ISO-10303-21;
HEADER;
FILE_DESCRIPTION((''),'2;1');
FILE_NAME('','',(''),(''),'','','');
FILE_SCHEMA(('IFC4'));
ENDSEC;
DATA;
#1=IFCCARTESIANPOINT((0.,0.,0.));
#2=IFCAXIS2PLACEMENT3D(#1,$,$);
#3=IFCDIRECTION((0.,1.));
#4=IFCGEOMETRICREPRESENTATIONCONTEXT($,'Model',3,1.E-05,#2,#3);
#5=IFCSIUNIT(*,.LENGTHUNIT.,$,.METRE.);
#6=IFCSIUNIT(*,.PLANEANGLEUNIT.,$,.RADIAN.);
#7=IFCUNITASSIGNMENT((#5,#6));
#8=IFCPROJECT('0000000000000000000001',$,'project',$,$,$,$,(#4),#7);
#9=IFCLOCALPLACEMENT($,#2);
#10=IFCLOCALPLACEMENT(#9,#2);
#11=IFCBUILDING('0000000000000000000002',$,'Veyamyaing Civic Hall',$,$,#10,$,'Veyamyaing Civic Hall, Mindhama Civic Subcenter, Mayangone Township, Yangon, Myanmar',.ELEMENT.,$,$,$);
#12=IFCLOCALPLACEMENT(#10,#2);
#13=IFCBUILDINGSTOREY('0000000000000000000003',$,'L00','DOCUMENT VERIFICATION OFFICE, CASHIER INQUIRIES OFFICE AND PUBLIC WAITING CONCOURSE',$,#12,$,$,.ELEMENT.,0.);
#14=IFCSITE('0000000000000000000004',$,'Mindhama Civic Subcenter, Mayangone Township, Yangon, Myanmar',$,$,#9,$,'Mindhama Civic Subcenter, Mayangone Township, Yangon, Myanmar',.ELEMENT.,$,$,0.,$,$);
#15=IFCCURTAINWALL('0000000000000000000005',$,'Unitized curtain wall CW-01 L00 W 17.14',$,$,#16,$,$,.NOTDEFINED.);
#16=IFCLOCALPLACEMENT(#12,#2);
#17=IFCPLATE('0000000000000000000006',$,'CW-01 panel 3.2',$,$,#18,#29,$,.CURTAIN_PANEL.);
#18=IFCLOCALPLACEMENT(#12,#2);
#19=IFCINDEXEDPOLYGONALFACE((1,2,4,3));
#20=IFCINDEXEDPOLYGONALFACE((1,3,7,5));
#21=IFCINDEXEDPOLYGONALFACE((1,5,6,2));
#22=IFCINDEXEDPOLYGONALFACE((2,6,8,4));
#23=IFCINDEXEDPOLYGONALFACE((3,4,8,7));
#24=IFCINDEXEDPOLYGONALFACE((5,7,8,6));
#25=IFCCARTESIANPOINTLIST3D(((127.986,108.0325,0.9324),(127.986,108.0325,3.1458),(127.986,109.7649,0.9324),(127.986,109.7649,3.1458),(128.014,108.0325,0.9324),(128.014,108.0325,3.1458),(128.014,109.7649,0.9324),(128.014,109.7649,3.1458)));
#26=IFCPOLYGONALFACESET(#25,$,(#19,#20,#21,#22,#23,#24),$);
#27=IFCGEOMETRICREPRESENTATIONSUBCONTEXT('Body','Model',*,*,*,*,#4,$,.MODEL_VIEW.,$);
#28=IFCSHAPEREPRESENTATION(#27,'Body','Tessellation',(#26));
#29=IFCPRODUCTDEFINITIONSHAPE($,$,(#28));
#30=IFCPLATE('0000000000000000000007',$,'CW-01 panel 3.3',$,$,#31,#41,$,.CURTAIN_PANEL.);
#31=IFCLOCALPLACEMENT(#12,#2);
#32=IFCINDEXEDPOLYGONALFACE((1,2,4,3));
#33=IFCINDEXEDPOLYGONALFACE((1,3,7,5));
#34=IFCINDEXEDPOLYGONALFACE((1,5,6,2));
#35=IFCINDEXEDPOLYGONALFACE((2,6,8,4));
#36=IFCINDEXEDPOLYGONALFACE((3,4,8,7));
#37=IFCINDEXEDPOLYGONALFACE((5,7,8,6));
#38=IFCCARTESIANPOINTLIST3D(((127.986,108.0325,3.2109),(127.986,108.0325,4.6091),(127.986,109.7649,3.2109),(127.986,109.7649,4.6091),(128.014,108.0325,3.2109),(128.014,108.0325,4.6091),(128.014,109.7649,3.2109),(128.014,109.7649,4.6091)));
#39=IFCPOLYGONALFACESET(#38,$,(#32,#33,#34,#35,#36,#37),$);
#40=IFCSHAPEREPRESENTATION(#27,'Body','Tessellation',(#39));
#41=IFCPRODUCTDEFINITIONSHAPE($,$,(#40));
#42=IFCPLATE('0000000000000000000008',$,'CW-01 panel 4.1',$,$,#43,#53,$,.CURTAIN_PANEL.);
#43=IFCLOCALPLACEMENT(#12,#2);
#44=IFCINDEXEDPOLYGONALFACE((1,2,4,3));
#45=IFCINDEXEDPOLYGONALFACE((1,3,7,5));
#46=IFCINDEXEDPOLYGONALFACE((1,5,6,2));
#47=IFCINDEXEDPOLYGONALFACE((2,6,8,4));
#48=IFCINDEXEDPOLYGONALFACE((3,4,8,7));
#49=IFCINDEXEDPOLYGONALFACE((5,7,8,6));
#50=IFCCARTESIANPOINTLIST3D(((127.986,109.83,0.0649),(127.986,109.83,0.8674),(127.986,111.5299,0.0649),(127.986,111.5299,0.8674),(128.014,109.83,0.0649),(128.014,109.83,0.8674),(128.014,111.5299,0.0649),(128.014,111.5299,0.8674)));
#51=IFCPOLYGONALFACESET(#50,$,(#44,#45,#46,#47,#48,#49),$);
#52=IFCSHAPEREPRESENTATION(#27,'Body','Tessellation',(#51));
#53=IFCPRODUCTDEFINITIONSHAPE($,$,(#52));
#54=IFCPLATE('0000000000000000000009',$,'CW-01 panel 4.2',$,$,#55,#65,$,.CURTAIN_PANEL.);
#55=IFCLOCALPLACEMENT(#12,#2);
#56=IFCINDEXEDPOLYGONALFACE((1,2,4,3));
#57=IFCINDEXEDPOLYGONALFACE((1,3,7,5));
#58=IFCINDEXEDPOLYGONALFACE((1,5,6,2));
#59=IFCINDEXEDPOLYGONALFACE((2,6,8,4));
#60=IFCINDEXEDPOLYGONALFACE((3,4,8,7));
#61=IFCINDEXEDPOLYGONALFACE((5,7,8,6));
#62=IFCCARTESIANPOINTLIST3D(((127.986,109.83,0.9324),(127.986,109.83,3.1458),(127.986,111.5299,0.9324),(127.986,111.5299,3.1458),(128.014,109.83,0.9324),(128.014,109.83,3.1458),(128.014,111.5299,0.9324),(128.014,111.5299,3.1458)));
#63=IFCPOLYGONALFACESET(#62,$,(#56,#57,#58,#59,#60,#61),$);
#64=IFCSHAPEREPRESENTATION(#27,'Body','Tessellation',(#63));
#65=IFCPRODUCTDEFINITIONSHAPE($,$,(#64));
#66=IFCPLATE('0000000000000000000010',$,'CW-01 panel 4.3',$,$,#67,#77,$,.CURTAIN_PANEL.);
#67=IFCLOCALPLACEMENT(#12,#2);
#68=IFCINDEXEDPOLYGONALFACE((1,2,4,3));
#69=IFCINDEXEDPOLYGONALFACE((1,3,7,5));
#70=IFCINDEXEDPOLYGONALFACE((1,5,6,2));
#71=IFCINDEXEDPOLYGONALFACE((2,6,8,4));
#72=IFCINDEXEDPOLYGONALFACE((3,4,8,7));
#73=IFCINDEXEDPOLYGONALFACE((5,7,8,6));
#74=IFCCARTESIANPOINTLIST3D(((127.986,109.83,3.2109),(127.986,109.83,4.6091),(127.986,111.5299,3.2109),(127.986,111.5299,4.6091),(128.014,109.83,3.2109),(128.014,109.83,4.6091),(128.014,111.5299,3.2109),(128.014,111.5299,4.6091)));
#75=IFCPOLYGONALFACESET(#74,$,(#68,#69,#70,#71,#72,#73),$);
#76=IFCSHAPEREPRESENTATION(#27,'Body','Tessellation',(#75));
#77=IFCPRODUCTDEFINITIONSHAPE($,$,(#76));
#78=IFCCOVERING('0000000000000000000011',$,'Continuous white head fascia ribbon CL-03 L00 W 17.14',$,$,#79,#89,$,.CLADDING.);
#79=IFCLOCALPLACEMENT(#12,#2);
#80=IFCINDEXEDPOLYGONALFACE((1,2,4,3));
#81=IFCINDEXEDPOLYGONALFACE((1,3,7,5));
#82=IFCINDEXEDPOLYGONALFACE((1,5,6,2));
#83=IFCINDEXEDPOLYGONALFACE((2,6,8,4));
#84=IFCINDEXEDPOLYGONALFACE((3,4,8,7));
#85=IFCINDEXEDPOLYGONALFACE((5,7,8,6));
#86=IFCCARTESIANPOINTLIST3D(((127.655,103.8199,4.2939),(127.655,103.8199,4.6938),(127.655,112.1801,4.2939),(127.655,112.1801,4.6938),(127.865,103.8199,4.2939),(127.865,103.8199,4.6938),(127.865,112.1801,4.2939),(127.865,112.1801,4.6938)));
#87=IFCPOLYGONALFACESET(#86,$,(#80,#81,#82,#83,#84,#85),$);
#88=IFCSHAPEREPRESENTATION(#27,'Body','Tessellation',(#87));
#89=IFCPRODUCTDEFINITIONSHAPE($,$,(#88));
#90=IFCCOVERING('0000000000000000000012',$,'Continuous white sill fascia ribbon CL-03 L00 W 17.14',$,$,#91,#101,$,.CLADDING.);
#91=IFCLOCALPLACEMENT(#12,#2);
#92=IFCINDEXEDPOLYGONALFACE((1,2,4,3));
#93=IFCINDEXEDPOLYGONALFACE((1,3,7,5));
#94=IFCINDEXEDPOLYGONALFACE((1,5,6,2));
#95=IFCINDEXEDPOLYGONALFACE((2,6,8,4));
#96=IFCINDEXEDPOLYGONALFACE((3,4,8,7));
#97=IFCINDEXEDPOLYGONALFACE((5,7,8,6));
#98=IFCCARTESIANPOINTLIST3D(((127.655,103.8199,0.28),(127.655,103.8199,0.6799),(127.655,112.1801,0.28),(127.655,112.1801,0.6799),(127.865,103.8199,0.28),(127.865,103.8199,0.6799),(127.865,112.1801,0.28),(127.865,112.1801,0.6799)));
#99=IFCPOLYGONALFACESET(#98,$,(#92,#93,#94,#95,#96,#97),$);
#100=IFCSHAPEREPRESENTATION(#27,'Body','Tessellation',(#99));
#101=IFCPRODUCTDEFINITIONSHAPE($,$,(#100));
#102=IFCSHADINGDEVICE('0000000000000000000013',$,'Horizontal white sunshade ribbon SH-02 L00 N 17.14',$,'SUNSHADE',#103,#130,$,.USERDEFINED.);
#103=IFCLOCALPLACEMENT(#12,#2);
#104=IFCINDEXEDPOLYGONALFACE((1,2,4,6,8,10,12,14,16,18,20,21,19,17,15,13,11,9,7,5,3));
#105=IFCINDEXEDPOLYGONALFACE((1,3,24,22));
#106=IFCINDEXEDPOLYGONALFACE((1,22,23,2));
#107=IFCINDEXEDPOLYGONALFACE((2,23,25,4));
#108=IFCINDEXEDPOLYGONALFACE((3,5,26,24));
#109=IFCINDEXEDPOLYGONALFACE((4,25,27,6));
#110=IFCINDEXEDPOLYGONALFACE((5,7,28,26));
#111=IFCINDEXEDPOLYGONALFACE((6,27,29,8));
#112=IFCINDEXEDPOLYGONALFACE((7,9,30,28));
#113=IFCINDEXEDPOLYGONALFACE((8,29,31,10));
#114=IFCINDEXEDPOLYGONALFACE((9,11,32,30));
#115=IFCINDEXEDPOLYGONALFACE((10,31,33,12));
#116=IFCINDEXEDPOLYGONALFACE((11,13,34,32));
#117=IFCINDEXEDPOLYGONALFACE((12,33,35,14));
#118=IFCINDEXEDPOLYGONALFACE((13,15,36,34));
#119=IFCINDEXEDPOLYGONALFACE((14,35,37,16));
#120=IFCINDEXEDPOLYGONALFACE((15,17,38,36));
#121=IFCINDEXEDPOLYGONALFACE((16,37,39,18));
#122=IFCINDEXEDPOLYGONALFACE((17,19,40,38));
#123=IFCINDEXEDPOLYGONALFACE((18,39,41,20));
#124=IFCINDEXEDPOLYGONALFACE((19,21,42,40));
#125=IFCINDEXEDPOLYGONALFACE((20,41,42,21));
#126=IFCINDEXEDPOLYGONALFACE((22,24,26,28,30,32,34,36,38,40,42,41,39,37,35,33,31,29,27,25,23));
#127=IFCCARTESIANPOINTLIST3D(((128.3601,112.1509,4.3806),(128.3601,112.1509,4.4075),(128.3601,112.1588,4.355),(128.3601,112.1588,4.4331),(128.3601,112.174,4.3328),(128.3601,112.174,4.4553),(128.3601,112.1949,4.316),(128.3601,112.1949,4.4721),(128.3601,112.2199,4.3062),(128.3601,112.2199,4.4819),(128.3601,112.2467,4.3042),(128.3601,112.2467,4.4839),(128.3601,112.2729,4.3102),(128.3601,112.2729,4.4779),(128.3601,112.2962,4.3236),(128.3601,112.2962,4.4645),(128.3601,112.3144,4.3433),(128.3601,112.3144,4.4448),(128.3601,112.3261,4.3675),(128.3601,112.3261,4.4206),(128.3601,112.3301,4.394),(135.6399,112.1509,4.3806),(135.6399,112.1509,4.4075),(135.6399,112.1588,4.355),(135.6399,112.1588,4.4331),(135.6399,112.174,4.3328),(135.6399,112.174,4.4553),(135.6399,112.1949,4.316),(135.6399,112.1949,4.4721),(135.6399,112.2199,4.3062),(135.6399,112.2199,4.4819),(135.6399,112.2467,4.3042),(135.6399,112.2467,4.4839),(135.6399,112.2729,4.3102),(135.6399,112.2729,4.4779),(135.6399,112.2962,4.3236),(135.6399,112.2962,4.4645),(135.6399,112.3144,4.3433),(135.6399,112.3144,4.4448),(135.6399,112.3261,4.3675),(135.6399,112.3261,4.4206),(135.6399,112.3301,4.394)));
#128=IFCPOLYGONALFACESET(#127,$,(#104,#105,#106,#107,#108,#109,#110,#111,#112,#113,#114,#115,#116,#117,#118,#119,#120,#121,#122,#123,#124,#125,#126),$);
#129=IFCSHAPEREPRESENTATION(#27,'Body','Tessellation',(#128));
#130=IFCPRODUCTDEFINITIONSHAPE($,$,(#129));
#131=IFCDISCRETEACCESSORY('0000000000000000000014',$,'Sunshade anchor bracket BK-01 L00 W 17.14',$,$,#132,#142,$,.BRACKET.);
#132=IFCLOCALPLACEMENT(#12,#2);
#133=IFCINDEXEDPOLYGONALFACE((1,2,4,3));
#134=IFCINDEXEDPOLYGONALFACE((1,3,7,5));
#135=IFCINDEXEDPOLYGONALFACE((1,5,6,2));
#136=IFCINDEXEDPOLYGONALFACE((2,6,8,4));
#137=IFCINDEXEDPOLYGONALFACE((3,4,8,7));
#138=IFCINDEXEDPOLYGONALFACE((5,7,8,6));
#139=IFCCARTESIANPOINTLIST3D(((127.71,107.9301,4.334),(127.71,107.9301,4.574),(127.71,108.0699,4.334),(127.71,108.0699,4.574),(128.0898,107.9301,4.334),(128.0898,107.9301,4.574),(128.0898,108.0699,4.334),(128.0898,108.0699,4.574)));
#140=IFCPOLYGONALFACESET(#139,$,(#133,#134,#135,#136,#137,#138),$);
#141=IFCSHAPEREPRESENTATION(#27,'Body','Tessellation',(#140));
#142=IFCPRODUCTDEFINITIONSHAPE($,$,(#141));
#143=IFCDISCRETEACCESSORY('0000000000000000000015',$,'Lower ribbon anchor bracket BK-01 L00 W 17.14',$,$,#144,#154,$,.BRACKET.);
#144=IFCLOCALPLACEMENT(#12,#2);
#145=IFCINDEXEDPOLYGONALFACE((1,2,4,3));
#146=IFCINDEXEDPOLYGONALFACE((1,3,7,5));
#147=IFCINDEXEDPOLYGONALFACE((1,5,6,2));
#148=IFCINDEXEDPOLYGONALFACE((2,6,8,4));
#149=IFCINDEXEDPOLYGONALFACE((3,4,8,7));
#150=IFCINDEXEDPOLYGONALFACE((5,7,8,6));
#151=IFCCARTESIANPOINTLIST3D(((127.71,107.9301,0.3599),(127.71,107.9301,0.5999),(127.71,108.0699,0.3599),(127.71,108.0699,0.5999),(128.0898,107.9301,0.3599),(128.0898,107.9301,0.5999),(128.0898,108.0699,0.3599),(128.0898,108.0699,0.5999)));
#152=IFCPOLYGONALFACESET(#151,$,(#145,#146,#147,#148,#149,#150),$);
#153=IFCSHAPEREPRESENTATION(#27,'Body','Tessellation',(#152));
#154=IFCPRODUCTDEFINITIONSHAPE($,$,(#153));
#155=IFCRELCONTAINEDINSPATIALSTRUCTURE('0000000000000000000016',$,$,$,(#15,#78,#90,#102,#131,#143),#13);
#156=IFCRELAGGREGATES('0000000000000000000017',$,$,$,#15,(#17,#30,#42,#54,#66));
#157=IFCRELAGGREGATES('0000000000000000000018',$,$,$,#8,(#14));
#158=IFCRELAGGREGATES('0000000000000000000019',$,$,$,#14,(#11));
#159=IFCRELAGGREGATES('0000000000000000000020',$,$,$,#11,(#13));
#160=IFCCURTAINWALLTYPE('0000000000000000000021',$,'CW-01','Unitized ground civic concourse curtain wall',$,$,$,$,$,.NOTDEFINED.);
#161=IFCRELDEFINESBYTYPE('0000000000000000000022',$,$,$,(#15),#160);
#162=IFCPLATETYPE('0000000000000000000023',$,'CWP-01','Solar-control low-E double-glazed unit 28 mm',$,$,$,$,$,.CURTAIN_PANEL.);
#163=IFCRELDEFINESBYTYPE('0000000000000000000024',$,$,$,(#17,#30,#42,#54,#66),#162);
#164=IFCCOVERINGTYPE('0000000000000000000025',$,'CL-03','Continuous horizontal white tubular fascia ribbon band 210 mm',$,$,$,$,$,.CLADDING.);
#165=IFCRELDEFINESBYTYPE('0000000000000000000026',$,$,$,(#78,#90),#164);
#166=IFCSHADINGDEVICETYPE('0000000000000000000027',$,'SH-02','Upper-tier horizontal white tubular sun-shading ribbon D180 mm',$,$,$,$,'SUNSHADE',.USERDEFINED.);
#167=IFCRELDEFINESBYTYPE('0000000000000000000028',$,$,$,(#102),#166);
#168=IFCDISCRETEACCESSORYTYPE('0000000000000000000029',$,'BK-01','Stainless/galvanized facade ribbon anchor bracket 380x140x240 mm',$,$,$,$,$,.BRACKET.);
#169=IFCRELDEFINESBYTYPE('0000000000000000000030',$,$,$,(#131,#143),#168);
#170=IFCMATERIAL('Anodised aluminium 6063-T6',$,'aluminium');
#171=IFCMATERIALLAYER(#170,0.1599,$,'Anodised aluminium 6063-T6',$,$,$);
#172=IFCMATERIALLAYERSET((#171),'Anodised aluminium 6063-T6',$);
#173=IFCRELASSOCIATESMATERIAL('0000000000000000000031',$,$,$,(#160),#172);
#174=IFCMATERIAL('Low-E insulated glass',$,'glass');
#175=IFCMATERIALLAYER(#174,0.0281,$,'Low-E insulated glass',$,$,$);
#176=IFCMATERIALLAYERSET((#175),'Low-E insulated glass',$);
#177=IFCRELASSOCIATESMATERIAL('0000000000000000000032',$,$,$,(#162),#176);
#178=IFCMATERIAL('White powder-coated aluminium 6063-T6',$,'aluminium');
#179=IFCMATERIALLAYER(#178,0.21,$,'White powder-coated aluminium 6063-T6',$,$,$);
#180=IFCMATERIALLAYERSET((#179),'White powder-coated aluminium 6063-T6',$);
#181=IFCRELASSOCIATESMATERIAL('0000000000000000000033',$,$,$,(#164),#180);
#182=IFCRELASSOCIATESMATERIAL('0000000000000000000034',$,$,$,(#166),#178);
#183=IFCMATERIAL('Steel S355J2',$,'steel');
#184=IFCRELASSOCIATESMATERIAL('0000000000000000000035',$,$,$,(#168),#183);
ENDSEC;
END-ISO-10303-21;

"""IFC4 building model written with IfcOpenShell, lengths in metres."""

from ifc_helpers import new_model, si_unit, direction, frame, origin, origin_2d, place, context, subcontext, project, spatial, rectangle, circle, extrude, material, layer, layer_set, material_profile, profile_set, type_object, element, aggregate, save


model = new_model("IFC4")

# Units and contexts
model_context = context("Model", 3, precision=1e-05, world=origin(), true_north=direction((0.0, 1.0)))
body_context = subcontext(model_context, "Body", "Model", "MODEL_VIEW")
ifc_project = project(units=[si_unit("LENGTHUNIT", "METRE"), si_unit("PLANEANGLEUNIT", "RADIAN")], contexts=[model_context])

# Site, building, storey
site_placement = place(None, origin())
site = spatial("IfcSite", under=ifc_project, at=site_placement, Name="Mindhama Civic Subcenter, Mayangone Township, Yangon, Myanmar", LongName="Mindhama Civic Subcenter, Mayangone Township, Yangon, Myanmar", CompositionType="ELEMENT", RefElevation=0.0)
building_placement = place(site_placement, origin())
building = spatial("IfcBuilding", under=site, at=building_placement, Name="Veyamyaing Civic Hall", LongName="Veyamyaing Civic Hall, Mindhama Civic Subcenter, Mayangone Township, Yangon, Myanmar", CompositionType="ELEMENT")
storey_placement = place(building_placement, origin())
storey = spatial("IfcBuildingStorey", under=building, at=storey_placement, Name="L00", Description="DOCUMENT VERIFICATION OFFICE, CASHIER INQUIRIES OFFICE AND PUBLIC WAITING CONCOURSE", CompositionType="ELEMENT", Elevation=0.0)

# Shared definitions
ifc_material_1 = material(Name="Anodised aluminium 6063-T6", Category="aluminium")
ifc_layer_1 = layer(ifc_material_1, 0.1599, Name="Anodised aluminium 6063-T6")
ifc_layer_set_1 = layer_set([ifc_layer_1], Name="Anodised aluminium 6063-T6")
curtain_wall_type = type_object("IfcCurtainWallType", Name="CW-01", Description="Unitized ground civic concourse curtain wall", PredefinedType="NOTDEFINED", material=ifc_layer_set_1)

# Curtain wall
curtain_wall_1_placement = place(storey_placement, origin())
curtain_wall_1 = element("IfcCurtainWall", 1, at=curtain_wall_1_placement, inside=storey, type_object=curtain_wall_type, Name="Unitized curtain wall CW-01 L00 W 17.14", PredefinedType="NOTDEFINED")

# Plates
ifc_material_2 = material(Name="Low-E insulated glass", Category="glass")
ifc_layer_2 = layer(ifc_material_2, 0.0281, Name="Low-E insulated glass")
ifc_layer_set_2 = layer_set([ifc_layer_2], Name="Low-E insulated glass")
plate_type = type_object("IfcPlateType", Name="CWP-01", Description="Solar-control low-E double-glazed unit 28 mm", PredefinedType="CURTAIN_PANEL", material=ifc_layer_set_2)
plate_1_placement = place(storey_placement, frame((128.0, 108.8987, 0.9324), z_axis=(0.0, 0.0, 1.0), x_axis=(0.0, 1.0, 0.0)))
plate_1 = element("IfcPlate", 2, at=plate_1_placement, type_object=plate_type, Name="CW-01 panel 3.2", PredefinedType="CURTAIN_PANEL", context=body_context, shape_type="SweptSolid", body=[
    extrude(rectangle(XDim=1.7324, YDim=0.0281, at=origin_2d()), origin(), (0.0, 0.0, 1.0), 2.2134),
])
plate_2_placement = place(storey_placement, frame((128.0, 108.8987, 3.2109), z_axis=(0.0, 0.0, 1.0), x_axis=(0.0, 1.0, 0.0)))
plate_2 = element("IfcPlate", 3, at=plate_2_placement, type_object=plate_type, Name="CW-01 panel 3.3", PredefinedType="CURTAIN_PANEL", context=body_context, shape_type="SweptSolid", body=[
    extrude(rectangle(XDim=1.7324, YDim=0.0281, at=origin_2d()), origin(), (0.0, 0.0, 1.0), 1.3982),
])
plate_3_placement = place(storey_placement, frame((128.0, 110.6799, 0.0649), z_axis=(0.0, 0.0, 1.0), x_axis=(0.0, 1.0, 0.0)))
plate_3 = element("IfcPlate", 4, at=plate_3_placement, type_object=plate_type, Name="CW-01 panel 4.1", PredefinedType="CURTAIN_PANEL", context=body_context, shape_type="SweptSolid", body=[
    extrude(rectangle(XDim=1.7, YDim=0.0281, at=origin_2d()), origin(), (0.0, 0.0, 1.0), 0.8025),
])
plate_4_placement = place(storey_placement, frame((128.0, 110.6799, 0.9324), z_axis=(0.0, 0.0, 1.0), x_axis=(0.0, 1.0, 0.0)))
plate_4 = element("IfcPlate", 5, at=plate_4_placement, type_object=plate_type, Name="CW-01 panel 4.2", PredefinedType="CURTAIN_PANEL", context=body_context, shape_type="SweptSolid", body=[
    extrude(rectangle(XDim=1.7, YDim=0.0281, at=origin_2d()), origin(), (0.0, 0.0, 1.0), 2.2134),
])
plate_5_placement = place(storey_placement, frame((128.0, 110.6799, 3.2109), z_axis=(0.0, 0.0, 1.0), x_axis=(0.0, 1.0, 0.0)))
plate_5 = element("IfcPlate", 6, at=plate_5_placement, type_object=plate_type, Name="CW-01 panel 4.3", PredefinedType="CURTAIN_PANEL", context=body_context, shape_type="SweptSolid", body=[
    extrude(rectangle(XDim=1.7, YDim=0.0281, at=origin_2d()), origin(), (0.0, 0.0, 1.0), 1.3982),
])
aggregate(curtain_wall_1, [plate_1, plate_2, plate_3, plate_4, plate_5])

# Coverings
ifc_material_3 = material(Name="White powder-coated aluminium 6063-T6", Category="aluminium")
ifc_layer_3 = layer(ifc_material_3, 0.21, Name="White powder-coated aluminium 6063-T6")
ifc_layer_set_3 = layer_set([ifc_layer_3], Name="White powder-coated aluminium 6063-T6")
covering_type = type_object("IfcCoveringType", Name="CL-03", Description="Continuous horizontal white tubular fascia ribbon band 210 mm", PredefinedType="CLADDING", material=ifc_layer_set_3)
for number, where, z_axis, x_axis, name in (
    (7, (127.76, 108.0, 4.2939), (0.0, 0.0, 1.0), (0.0, 1.0, 0.0), "Continuous white head fascia ribbon CL-03 L00 W 17.14"),
    (8, (127.76, 108.0, 0.28), (0.0, 0.0, 1.0), (0.0, 1.0, 0.0), "Continuous white sill fascia ribbon CL-03 L00 W 17.14"),
):
    element("IfcCovering", number, at=place(storey_placement, frame(where, z_axis=z_axis, x_axis=x_axis)), inside=storey, type_object=covering_type, Name=name, PredefinedType="CLADDING", context=body_context, shape_type="SweptSolid", body=[
        extrude(rectangle(XDim=8.3601, YDim=0.21, at=origin_2d()), origin(), (0.0, 0.0, 1.0), 0.3999),
    ])

# Shading device
ifc_material_profile_1 = material_profile(ifc_material_3, circle(Radius=0.0901, at=origin_2d()), Name="SHADE-TUBE-180")
ifc_profile_set_1 = profile_set([ifc_material_profile_1], Name="White powder-coated aluminium 6063-T6")
shading_device_type = type_object("IfcShadingDeviceType", Name="SH-02", Description="Upper-tier horizontal white tubular sun-shading ribbon D180 mm", ElementType="SUNSHADE", PredefinedType="USERDEFINED", material=ifc_profile_set_1)
shading_device_placement = place(storey_placement, frame((128.3601, 112.24, 4.394), z_axis=(1.0, 0.0, 0.0), x_axis=(0.0, 1.0, 0.0)))
element("IfcShadingDevice", 9, at=shading_device_placement, inside=storey, type_object=shading_device_type, Name="Horizontal white sunshade ribbon SH-02 L00 N 17.14", ObjectType="SUNSHADE", PredefinedType="USERDEFINED", context=body_context, shape_type="SweptSolid", body=[
    extrude(circle(Radius=0.0901, at=origin_2d()), origin(), (0.0, 0.0, 1.0), 7.2798),
])

# Discrete accessories
ifc_material_4 = material(Name="Steel S355J2", Category="steel")
discrete_accessory_type = type_object("IfcDiscreteAccessoryType", Name="BK-01", Description="Stainless/galvanized facade ribbon anchor bracket 380x140x240 mm", PredefinedType="BRACKET", material=ifc_material_4)
for number, where, z_axis, x_axis, name in (
    (10, (127.8999, 108.0, 4.334), (0.0, 0.0, 1.0), (-1.0, 0.0, 0.0), "Sunshade anchor bracket BK-01 L00 W 17.14"),
    (11, (127.8999, 108.0, 0.3599), (0.0, 0.0, 1.0), (-1.0, 0.0, 0.0), "Lower ribbon anchor bracket BK-01 L00 W 17.14"),
):
    element("IfcDiscreteAccessory", number, at=place(storey_placement, frame(where, z_axis=z_axis, x_axis=x_axis)), inside=storey, type_object=discrete_accessory_type, Name=name, PredefinedType="BRACKET", context=body_context, shape_type="SweptSolid", body=[
        extrude(rectangle(XDim=0.3799, YDim=0.1399, at=origin_2d()), origin(), (0.0, 0.0, 1.0), 0.24),
    ])

save(model, "model.ifc")
